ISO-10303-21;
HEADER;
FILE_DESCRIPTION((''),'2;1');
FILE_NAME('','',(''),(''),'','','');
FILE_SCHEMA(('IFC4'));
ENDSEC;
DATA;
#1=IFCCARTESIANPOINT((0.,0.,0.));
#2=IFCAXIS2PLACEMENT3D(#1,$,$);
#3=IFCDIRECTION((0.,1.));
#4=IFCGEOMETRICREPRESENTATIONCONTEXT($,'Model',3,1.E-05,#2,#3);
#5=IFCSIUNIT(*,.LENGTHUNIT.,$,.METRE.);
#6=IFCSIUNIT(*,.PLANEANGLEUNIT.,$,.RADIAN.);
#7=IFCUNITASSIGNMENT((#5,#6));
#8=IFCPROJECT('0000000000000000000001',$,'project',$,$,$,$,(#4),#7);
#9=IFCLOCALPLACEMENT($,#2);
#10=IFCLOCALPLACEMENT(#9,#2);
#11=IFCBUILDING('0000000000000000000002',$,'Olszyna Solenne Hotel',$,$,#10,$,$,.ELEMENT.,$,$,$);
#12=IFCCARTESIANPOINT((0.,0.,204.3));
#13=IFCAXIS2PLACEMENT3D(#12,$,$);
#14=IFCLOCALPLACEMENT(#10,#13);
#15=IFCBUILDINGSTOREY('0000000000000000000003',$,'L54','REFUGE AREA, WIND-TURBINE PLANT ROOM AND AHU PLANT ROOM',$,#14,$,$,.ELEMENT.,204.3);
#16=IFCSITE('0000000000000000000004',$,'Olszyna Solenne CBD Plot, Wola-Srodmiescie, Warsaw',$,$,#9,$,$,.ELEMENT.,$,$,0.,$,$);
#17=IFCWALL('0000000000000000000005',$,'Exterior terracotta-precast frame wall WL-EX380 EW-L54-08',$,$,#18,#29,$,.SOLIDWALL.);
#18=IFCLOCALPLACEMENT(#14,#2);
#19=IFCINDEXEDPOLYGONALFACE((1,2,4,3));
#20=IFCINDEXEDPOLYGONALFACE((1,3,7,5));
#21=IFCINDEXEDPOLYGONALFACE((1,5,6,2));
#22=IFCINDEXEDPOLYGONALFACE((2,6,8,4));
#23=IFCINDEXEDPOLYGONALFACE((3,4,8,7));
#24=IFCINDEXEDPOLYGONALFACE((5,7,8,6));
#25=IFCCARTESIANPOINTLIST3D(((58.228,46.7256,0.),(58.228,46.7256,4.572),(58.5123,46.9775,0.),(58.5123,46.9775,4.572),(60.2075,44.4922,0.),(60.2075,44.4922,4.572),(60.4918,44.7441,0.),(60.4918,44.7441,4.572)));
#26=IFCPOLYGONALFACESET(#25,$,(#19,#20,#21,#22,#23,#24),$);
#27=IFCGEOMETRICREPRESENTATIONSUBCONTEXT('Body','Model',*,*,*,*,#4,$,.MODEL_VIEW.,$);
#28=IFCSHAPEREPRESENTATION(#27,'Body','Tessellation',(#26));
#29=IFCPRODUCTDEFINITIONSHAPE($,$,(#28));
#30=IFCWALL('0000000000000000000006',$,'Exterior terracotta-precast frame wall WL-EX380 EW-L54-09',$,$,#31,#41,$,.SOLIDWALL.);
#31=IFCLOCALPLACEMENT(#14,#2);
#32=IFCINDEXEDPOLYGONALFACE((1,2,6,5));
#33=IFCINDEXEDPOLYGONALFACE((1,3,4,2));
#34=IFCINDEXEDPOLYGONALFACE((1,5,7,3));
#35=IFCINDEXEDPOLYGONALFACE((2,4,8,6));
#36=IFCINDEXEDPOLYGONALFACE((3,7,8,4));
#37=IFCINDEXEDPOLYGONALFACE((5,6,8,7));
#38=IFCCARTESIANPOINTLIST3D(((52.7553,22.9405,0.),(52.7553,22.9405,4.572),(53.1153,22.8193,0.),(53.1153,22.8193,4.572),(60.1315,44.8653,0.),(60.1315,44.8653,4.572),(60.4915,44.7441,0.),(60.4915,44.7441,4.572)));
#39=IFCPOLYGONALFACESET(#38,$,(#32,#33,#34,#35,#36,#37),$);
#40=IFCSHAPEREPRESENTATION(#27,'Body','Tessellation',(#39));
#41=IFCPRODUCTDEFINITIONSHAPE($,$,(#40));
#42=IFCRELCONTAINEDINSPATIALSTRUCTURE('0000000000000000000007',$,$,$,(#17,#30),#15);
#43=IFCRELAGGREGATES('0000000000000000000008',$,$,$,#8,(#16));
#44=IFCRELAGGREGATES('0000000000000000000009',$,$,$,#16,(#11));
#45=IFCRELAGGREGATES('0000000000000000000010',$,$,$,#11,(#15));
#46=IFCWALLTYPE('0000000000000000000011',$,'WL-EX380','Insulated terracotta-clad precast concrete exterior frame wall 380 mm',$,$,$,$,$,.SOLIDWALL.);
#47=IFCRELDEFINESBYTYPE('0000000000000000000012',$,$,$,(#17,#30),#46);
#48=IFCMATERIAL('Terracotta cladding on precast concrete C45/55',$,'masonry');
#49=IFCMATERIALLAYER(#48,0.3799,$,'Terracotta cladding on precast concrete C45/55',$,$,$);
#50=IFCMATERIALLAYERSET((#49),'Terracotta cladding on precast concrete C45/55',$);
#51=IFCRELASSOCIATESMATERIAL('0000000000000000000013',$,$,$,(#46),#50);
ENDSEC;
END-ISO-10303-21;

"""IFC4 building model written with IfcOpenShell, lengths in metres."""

from ifc_helpers import new_model, si_unit, direction, frame, frame_2d, origin, place, context, subcontext, project, spatial, rectangle, extrude, material, layer, layer_set, type_object, element, save


model = new_model("IFC4")

# Units and contexts
model_context = context("Model", 3, precision=1e-05, world=origin(), true_north=direction((0.0, 1.0)))
body_context = subcontext(model_context, "Body", "Model", "MODEL_VIEW")
ifc_project = project(units=[si_unit("LENGTHUNIT", "METRE"), si_unit("PLANEANGLEUNIT", "RADIAN")], contexts=[model_context])

# Site, building, storey
site_placement = place(None, origin())
site = spatial("IfcSite", under=ifc_project, at=site_placement, Name="Olszyna Solenne CBD Plot, Wola-Srodmiescie, Warsaw", CompositionType="ELEMENT", RefElevation=0.0)
building_placement = place(site_placement, origin())
building = spatial("IfcBuilding", under=site, at=building_placement, Name="Olszyna Solenne Hotel", CompositionType="ELEMENT")
storey_placement = place(building_placement, frame((0.0, 0.0, 204.3)))
storey = spatial("IfcBuildingStorey", under=building, at=storey_placement, Name="L54", Description="REFUGE AREA, WIND-TURBINE PLANT ROOM AND AHU PLANT ROOM", CompositionType="ELEMENT", Elevation=204.3)

# Walls
ifc_material_1 = material(Name="Terracotta cladding on precast concrete C45/55", Category="masonry")
ifc_layer = layer(ifc_material_1, 0.3799, Name="Terracotta cladding on precast concrete C45/55")
ifc_layer_set = layer_set([ifc_layer], Name="Terracotta cladding on precast concrete C45/55")
wall_type = type_object("IfcWallType", Name="WL-EX380", Description="Insulated terracotta-clad precast concrete exterior frame wall 380 mm", PredefinedType="SOLIDWALL", material=ifc_layer_set)
wall_1_placement = place(storey_placement, frame((58.3701, 46.8516, 0.0), z_axis=(0.0, 0.0, 1.0), x_axis=(0.663287, -0.748365, 0.0)))
element("IfcWall", 1, at=wall_1_placement, inside=storey, type_object=wall_type, Name="Exterior terracotta-precast frame wall WL-EX380 EW-L54-08", PredefinedType="SOLIDWALL", context=body_context, shape_type="SweptSolid", body=[
    extrude(rectangle(XDim=2.9844, YDim=0.3799, at=frame_2d((1.4922, 0.0))), origin(), (0.0, 0.0, 1.0), 4.572),
])
wall_2_placement = place(storey_placement, frame((60.3115, 44.8047, 0.0), z_axis=(0.0, 0.0, 1.0), x_axis=(-0.31887, -0.947798, 0.0)))
element("IfcWall", 2, at=wall_2_placement, inside=storey, type_object=wall_type, Name="Exterior terracotta-precast frame wall WL-EX380 EW-L54-09", PredefinedType="SOLIDWALL", context=body_context, shape_type="SweptSolid", body=[
    extrude(rectangle(XDim=23.1323, YDim=0.3799, at=frame_2d((11.5662, 0.0))), origin(), (0.0, 0.0, 1.0), 4.572),
])

save(model, "model.ifc")
